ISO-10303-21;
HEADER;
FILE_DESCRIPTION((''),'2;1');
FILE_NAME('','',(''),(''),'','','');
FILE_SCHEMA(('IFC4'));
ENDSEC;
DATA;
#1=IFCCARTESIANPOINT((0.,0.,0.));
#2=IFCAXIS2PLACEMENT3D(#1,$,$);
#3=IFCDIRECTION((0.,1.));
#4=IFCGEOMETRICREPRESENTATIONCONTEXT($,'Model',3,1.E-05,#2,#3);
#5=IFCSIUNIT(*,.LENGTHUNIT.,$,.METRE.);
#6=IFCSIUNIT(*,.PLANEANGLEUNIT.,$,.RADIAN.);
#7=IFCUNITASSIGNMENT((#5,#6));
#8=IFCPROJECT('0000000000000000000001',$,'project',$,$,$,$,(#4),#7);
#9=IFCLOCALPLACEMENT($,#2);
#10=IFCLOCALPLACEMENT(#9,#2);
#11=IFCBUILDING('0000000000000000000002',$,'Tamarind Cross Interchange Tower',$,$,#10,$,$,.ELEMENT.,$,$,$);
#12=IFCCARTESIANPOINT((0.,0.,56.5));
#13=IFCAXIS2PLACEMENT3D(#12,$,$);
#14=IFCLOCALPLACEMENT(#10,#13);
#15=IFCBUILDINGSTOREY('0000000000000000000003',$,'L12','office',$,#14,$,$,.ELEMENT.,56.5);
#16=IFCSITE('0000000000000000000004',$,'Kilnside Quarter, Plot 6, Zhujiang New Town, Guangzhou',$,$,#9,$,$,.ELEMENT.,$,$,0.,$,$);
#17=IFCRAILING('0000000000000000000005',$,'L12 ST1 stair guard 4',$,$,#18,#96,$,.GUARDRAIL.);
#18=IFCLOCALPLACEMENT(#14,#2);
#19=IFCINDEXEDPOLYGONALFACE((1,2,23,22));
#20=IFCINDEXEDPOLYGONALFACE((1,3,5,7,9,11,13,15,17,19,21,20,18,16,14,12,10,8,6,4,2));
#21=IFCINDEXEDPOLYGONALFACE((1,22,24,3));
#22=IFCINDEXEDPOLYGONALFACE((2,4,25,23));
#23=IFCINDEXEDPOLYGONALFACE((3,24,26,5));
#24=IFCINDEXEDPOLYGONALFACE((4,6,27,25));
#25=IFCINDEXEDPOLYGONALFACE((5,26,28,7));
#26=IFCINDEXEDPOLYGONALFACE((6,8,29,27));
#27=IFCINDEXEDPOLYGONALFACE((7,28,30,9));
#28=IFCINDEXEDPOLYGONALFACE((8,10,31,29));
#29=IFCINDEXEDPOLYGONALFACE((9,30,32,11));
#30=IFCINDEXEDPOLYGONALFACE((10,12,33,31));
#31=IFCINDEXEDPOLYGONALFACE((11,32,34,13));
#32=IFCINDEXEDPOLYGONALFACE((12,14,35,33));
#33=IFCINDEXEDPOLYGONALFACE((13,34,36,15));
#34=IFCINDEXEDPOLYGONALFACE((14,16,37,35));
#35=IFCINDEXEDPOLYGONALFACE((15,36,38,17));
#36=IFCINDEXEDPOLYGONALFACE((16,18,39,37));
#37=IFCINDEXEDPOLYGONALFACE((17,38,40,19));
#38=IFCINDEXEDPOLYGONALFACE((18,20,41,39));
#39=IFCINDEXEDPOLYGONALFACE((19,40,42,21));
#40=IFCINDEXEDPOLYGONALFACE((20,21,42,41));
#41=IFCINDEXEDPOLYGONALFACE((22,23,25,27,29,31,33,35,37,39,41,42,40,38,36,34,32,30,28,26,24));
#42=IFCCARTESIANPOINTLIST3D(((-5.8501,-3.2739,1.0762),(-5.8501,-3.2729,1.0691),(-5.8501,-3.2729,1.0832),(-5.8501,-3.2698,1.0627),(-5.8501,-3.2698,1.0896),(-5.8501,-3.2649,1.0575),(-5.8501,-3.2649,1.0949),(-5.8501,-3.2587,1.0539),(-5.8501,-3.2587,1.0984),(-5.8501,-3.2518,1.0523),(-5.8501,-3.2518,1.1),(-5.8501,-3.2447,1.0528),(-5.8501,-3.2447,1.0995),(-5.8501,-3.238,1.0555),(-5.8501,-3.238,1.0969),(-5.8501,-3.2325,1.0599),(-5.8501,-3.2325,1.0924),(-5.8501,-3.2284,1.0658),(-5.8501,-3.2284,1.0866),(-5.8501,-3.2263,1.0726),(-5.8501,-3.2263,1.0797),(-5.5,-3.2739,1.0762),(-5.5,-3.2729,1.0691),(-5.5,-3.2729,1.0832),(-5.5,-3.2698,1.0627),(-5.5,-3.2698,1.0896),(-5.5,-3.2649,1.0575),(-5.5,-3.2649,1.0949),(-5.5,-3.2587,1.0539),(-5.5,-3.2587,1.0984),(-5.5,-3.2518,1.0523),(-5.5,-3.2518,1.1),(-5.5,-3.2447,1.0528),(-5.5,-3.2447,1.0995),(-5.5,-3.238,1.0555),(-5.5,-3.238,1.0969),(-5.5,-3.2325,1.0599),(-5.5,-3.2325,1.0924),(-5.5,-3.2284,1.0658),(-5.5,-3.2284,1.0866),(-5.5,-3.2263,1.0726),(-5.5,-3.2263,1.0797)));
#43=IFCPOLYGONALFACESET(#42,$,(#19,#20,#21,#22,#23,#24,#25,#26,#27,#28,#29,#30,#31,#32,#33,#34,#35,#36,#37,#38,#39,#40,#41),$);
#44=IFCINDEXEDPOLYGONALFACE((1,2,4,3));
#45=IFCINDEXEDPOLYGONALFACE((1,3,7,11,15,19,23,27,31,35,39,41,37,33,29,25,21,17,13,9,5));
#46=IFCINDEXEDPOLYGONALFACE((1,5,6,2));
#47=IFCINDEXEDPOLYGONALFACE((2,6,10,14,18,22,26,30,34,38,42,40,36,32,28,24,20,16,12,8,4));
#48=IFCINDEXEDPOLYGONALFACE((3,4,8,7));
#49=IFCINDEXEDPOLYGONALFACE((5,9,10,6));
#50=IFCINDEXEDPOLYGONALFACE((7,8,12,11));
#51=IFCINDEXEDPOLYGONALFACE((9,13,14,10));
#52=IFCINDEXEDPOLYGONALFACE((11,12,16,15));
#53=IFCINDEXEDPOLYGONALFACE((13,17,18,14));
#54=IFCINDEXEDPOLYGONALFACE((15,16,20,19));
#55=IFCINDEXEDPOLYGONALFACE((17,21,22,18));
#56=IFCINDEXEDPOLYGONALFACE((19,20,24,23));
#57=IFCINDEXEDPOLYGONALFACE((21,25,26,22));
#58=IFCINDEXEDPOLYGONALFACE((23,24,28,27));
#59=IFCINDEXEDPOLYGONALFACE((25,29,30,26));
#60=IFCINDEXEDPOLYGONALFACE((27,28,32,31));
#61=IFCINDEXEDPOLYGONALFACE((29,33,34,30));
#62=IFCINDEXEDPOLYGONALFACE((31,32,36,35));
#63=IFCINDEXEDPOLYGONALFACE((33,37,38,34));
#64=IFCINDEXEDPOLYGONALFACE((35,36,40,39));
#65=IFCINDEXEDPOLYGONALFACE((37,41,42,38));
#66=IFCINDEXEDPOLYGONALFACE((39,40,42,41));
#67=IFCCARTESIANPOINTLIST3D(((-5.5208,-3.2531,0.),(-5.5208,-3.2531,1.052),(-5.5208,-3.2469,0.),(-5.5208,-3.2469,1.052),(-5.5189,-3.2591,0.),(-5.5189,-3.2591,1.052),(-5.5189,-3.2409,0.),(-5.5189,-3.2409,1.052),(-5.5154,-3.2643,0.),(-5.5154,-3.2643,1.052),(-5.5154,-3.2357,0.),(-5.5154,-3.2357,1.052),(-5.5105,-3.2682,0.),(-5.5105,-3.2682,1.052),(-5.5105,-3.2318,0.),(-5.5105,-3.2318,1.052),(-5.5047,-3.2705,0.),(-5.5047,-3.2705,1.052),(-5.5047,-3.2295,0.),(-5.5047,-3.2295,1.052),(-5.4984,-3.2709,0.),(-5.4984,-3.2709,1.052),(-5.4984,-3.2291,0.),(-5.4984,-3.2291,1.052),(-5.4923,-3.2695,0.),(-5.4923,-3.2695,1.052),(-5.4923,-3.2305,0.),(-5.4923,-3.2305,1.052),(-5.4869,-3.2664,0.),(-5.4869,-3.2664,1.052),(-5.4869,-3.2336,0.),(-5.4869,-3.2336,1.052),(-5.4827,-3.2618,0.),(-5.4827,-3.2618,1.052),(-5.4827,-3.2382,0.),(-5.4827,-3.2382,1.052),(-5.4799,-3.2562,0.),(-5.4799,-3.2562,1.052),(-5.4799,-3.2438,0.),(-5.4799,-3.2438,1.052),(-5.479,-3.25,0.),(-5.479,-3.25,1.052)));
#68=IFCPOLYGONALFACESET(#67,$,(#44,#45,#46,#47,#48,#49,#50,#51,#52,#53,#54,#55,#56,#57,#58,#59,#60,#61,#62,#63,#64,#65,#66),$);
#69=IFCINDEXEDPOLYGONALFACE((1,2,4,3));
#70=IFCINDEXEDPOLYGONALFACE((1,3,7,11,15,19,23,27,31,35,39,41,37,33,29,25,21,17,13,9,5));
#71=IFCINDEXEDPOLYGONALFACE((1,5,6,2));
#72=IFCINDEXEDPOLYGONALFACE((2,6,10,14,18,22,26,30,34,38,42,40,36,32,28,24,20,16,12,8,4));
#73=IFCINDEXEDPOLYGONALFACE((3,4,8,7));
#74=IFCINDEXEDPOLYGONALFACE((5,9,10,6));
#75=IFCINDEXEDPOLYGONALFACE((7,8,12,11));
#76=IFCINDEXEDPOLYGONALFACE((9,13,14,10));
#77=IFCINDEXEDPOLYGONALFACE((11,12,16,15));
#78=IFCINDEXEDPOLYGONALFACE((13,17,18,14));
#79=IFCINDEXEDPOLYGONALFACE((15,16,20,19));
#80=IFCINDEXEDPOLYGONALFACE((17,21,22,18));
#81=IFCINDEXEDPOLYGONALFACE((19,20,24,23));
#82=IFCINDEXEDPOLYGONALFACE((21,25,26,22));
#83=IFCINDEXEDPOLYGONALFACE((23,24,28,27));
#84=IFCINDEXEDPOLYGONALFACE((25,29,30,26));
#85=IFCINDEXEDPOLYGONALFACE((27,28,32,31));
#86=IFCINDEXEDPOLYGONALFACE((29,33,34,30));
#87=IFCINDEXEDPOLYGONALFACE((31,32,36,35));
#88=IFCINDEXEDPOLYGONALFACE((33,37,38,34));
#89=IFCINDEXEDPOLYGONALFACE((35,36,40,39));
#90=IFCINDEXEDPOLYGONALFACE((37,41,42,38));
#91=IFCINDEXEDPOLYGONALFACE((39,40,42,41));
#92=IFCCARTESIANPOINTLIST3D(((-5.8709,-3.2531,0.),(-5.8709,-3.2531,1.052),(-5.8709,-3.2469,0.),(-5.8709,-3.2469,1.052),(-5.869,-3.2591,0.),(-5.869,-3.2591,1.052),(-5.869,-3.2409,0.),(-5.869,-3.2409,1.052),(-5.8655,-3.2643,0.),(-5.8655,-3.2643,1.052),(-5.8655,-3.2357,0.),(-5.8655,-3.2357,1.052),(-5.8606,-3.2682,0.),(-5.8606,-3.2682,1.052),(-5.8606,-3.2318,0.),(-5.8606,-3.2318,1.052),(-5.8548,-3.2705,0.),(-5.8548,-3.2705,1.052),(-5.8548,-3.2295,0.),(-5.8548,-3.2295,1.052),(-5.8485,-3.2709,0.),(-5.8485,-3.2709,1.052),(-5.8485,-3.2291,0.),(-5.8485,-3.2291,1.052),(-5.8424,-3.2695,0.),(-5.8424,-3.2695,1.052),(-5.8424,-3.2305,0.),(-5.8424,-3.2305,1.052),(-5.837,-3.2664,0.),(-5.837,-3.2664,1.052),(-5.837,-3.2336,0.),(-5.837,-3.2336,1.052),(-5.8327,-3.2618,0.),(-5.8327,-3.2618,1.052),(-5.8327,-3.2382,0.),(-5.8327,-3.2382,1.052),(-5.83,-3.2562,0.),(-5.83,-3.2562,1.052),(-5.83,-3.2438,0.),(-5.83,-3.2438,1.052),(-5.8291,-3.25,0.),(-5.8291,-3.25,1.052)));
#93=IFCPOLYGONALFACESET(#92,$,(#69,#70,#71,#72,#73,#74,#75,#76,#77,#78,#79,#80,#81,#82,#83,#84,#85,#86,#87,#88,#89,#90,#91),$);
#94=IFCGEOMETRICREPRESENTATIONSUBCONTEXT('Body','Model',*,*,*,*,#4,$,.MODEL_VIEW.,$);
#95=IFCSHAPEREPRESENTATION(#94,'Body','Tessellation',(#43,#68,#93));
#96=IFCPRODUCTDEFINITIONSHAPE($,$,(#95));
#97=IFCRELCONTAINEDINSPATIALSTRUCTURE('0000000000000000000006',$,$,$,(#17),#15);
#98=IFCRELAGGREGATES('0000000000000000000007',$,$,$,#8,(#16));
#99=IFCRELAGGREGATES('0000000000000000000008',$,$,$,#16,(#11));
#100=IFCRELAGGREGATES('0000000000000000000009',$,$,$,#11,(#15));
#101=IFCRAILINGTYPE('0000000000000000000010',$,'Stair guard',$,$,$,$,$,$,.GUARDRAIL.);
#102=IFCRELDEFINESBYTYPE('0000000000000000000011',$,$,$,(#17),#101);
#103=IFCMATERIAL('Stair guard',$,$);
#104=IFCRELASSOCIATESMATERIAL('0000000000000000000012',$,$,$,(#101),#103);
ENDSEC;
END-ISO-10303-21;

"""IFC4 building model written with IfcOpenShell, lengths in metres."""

from ifc_helpers import new_model, si_unit, direction, frame, origin, origin_2d, place, context, subcontext, project, spatial, circle, extrude, material, type_object, element, save


model = new_model("IFC4")

# Units and contexts
model_context = context("Model", 3, precision=1e-05, world=origin(), true_north=direction((0.0, 1.0)))
body_context = subcontext(model_context, "Body", "Model", "MODEL_VIEW")
ifc_project = project(units=[si_unit("LENGTHUNIT", "METRE"), si_unit("PLANEANGLEUNIT", "RADIAN")], contexts=[model_context])

# Site, building, storey
site_placement = place(None, origin())
site = spatial("IfcSite", under=ifc_project, at=site_placement, Name="Kilnside Quarter, Plot 6, Zhujiang New Town, Guangzhou", CompositionType="ELEMENT", RefElevation=0.0)
building_placement = place(site_placement, origin())
building = spatial("IfcBuilding", under=site, at=building_placement, Name="Tamarind Cross Interchange Tower", CompositionType="ELEMENT")
storey_placement = place(building_placement, frame((0.0, 0.0, 56.5)))
storey = spatial("IfcBuildingStorey", under=building, at=storey_placement, Name="L12", Description="office", CompositionType="ELEMENT", Elevation=56.5)

# Railing
ifc_material_1 = material(Name="Stair guard")
railing_type_1 = type_object("IfcRailingType", Name="Stair guard", PredefinedType="GUARDRAIL", material=ifc_material_1)
railing_1_placement = place(storey_placement, frame((-5.5, -3.25, 0.0)))
element("IfcRailing", 1, at=railing_1_placement, inside=storey, type_object=railing_type_1, Name="L12 ST1 stair guard 4", PredefinedType="GUARDRAIL", context=body_context, shape_type="SweptSolid", body=[
    extrude(circle(Radius=0.0239, at=origin_2d()), frame((0.0, 0.0, 1.0762), z_axis=(-1.0, 0.0, 0.0), x_axis=(0.0, -1.0, 0.0)), (0.0, 0.0, 1.0), 0.3501),
    extrude(circle(Radius=0.021, at=origin_2d()), origin(), (0.0, 0.0, 1.0), 1.052),
    extrude(circle(Radius=0.021, at=origin_2d()), frame((-0.3501, 0.0, 0.0)), (0.0, 0.0, 1.0), 1.052),
])

save(model, "model.ifc")
